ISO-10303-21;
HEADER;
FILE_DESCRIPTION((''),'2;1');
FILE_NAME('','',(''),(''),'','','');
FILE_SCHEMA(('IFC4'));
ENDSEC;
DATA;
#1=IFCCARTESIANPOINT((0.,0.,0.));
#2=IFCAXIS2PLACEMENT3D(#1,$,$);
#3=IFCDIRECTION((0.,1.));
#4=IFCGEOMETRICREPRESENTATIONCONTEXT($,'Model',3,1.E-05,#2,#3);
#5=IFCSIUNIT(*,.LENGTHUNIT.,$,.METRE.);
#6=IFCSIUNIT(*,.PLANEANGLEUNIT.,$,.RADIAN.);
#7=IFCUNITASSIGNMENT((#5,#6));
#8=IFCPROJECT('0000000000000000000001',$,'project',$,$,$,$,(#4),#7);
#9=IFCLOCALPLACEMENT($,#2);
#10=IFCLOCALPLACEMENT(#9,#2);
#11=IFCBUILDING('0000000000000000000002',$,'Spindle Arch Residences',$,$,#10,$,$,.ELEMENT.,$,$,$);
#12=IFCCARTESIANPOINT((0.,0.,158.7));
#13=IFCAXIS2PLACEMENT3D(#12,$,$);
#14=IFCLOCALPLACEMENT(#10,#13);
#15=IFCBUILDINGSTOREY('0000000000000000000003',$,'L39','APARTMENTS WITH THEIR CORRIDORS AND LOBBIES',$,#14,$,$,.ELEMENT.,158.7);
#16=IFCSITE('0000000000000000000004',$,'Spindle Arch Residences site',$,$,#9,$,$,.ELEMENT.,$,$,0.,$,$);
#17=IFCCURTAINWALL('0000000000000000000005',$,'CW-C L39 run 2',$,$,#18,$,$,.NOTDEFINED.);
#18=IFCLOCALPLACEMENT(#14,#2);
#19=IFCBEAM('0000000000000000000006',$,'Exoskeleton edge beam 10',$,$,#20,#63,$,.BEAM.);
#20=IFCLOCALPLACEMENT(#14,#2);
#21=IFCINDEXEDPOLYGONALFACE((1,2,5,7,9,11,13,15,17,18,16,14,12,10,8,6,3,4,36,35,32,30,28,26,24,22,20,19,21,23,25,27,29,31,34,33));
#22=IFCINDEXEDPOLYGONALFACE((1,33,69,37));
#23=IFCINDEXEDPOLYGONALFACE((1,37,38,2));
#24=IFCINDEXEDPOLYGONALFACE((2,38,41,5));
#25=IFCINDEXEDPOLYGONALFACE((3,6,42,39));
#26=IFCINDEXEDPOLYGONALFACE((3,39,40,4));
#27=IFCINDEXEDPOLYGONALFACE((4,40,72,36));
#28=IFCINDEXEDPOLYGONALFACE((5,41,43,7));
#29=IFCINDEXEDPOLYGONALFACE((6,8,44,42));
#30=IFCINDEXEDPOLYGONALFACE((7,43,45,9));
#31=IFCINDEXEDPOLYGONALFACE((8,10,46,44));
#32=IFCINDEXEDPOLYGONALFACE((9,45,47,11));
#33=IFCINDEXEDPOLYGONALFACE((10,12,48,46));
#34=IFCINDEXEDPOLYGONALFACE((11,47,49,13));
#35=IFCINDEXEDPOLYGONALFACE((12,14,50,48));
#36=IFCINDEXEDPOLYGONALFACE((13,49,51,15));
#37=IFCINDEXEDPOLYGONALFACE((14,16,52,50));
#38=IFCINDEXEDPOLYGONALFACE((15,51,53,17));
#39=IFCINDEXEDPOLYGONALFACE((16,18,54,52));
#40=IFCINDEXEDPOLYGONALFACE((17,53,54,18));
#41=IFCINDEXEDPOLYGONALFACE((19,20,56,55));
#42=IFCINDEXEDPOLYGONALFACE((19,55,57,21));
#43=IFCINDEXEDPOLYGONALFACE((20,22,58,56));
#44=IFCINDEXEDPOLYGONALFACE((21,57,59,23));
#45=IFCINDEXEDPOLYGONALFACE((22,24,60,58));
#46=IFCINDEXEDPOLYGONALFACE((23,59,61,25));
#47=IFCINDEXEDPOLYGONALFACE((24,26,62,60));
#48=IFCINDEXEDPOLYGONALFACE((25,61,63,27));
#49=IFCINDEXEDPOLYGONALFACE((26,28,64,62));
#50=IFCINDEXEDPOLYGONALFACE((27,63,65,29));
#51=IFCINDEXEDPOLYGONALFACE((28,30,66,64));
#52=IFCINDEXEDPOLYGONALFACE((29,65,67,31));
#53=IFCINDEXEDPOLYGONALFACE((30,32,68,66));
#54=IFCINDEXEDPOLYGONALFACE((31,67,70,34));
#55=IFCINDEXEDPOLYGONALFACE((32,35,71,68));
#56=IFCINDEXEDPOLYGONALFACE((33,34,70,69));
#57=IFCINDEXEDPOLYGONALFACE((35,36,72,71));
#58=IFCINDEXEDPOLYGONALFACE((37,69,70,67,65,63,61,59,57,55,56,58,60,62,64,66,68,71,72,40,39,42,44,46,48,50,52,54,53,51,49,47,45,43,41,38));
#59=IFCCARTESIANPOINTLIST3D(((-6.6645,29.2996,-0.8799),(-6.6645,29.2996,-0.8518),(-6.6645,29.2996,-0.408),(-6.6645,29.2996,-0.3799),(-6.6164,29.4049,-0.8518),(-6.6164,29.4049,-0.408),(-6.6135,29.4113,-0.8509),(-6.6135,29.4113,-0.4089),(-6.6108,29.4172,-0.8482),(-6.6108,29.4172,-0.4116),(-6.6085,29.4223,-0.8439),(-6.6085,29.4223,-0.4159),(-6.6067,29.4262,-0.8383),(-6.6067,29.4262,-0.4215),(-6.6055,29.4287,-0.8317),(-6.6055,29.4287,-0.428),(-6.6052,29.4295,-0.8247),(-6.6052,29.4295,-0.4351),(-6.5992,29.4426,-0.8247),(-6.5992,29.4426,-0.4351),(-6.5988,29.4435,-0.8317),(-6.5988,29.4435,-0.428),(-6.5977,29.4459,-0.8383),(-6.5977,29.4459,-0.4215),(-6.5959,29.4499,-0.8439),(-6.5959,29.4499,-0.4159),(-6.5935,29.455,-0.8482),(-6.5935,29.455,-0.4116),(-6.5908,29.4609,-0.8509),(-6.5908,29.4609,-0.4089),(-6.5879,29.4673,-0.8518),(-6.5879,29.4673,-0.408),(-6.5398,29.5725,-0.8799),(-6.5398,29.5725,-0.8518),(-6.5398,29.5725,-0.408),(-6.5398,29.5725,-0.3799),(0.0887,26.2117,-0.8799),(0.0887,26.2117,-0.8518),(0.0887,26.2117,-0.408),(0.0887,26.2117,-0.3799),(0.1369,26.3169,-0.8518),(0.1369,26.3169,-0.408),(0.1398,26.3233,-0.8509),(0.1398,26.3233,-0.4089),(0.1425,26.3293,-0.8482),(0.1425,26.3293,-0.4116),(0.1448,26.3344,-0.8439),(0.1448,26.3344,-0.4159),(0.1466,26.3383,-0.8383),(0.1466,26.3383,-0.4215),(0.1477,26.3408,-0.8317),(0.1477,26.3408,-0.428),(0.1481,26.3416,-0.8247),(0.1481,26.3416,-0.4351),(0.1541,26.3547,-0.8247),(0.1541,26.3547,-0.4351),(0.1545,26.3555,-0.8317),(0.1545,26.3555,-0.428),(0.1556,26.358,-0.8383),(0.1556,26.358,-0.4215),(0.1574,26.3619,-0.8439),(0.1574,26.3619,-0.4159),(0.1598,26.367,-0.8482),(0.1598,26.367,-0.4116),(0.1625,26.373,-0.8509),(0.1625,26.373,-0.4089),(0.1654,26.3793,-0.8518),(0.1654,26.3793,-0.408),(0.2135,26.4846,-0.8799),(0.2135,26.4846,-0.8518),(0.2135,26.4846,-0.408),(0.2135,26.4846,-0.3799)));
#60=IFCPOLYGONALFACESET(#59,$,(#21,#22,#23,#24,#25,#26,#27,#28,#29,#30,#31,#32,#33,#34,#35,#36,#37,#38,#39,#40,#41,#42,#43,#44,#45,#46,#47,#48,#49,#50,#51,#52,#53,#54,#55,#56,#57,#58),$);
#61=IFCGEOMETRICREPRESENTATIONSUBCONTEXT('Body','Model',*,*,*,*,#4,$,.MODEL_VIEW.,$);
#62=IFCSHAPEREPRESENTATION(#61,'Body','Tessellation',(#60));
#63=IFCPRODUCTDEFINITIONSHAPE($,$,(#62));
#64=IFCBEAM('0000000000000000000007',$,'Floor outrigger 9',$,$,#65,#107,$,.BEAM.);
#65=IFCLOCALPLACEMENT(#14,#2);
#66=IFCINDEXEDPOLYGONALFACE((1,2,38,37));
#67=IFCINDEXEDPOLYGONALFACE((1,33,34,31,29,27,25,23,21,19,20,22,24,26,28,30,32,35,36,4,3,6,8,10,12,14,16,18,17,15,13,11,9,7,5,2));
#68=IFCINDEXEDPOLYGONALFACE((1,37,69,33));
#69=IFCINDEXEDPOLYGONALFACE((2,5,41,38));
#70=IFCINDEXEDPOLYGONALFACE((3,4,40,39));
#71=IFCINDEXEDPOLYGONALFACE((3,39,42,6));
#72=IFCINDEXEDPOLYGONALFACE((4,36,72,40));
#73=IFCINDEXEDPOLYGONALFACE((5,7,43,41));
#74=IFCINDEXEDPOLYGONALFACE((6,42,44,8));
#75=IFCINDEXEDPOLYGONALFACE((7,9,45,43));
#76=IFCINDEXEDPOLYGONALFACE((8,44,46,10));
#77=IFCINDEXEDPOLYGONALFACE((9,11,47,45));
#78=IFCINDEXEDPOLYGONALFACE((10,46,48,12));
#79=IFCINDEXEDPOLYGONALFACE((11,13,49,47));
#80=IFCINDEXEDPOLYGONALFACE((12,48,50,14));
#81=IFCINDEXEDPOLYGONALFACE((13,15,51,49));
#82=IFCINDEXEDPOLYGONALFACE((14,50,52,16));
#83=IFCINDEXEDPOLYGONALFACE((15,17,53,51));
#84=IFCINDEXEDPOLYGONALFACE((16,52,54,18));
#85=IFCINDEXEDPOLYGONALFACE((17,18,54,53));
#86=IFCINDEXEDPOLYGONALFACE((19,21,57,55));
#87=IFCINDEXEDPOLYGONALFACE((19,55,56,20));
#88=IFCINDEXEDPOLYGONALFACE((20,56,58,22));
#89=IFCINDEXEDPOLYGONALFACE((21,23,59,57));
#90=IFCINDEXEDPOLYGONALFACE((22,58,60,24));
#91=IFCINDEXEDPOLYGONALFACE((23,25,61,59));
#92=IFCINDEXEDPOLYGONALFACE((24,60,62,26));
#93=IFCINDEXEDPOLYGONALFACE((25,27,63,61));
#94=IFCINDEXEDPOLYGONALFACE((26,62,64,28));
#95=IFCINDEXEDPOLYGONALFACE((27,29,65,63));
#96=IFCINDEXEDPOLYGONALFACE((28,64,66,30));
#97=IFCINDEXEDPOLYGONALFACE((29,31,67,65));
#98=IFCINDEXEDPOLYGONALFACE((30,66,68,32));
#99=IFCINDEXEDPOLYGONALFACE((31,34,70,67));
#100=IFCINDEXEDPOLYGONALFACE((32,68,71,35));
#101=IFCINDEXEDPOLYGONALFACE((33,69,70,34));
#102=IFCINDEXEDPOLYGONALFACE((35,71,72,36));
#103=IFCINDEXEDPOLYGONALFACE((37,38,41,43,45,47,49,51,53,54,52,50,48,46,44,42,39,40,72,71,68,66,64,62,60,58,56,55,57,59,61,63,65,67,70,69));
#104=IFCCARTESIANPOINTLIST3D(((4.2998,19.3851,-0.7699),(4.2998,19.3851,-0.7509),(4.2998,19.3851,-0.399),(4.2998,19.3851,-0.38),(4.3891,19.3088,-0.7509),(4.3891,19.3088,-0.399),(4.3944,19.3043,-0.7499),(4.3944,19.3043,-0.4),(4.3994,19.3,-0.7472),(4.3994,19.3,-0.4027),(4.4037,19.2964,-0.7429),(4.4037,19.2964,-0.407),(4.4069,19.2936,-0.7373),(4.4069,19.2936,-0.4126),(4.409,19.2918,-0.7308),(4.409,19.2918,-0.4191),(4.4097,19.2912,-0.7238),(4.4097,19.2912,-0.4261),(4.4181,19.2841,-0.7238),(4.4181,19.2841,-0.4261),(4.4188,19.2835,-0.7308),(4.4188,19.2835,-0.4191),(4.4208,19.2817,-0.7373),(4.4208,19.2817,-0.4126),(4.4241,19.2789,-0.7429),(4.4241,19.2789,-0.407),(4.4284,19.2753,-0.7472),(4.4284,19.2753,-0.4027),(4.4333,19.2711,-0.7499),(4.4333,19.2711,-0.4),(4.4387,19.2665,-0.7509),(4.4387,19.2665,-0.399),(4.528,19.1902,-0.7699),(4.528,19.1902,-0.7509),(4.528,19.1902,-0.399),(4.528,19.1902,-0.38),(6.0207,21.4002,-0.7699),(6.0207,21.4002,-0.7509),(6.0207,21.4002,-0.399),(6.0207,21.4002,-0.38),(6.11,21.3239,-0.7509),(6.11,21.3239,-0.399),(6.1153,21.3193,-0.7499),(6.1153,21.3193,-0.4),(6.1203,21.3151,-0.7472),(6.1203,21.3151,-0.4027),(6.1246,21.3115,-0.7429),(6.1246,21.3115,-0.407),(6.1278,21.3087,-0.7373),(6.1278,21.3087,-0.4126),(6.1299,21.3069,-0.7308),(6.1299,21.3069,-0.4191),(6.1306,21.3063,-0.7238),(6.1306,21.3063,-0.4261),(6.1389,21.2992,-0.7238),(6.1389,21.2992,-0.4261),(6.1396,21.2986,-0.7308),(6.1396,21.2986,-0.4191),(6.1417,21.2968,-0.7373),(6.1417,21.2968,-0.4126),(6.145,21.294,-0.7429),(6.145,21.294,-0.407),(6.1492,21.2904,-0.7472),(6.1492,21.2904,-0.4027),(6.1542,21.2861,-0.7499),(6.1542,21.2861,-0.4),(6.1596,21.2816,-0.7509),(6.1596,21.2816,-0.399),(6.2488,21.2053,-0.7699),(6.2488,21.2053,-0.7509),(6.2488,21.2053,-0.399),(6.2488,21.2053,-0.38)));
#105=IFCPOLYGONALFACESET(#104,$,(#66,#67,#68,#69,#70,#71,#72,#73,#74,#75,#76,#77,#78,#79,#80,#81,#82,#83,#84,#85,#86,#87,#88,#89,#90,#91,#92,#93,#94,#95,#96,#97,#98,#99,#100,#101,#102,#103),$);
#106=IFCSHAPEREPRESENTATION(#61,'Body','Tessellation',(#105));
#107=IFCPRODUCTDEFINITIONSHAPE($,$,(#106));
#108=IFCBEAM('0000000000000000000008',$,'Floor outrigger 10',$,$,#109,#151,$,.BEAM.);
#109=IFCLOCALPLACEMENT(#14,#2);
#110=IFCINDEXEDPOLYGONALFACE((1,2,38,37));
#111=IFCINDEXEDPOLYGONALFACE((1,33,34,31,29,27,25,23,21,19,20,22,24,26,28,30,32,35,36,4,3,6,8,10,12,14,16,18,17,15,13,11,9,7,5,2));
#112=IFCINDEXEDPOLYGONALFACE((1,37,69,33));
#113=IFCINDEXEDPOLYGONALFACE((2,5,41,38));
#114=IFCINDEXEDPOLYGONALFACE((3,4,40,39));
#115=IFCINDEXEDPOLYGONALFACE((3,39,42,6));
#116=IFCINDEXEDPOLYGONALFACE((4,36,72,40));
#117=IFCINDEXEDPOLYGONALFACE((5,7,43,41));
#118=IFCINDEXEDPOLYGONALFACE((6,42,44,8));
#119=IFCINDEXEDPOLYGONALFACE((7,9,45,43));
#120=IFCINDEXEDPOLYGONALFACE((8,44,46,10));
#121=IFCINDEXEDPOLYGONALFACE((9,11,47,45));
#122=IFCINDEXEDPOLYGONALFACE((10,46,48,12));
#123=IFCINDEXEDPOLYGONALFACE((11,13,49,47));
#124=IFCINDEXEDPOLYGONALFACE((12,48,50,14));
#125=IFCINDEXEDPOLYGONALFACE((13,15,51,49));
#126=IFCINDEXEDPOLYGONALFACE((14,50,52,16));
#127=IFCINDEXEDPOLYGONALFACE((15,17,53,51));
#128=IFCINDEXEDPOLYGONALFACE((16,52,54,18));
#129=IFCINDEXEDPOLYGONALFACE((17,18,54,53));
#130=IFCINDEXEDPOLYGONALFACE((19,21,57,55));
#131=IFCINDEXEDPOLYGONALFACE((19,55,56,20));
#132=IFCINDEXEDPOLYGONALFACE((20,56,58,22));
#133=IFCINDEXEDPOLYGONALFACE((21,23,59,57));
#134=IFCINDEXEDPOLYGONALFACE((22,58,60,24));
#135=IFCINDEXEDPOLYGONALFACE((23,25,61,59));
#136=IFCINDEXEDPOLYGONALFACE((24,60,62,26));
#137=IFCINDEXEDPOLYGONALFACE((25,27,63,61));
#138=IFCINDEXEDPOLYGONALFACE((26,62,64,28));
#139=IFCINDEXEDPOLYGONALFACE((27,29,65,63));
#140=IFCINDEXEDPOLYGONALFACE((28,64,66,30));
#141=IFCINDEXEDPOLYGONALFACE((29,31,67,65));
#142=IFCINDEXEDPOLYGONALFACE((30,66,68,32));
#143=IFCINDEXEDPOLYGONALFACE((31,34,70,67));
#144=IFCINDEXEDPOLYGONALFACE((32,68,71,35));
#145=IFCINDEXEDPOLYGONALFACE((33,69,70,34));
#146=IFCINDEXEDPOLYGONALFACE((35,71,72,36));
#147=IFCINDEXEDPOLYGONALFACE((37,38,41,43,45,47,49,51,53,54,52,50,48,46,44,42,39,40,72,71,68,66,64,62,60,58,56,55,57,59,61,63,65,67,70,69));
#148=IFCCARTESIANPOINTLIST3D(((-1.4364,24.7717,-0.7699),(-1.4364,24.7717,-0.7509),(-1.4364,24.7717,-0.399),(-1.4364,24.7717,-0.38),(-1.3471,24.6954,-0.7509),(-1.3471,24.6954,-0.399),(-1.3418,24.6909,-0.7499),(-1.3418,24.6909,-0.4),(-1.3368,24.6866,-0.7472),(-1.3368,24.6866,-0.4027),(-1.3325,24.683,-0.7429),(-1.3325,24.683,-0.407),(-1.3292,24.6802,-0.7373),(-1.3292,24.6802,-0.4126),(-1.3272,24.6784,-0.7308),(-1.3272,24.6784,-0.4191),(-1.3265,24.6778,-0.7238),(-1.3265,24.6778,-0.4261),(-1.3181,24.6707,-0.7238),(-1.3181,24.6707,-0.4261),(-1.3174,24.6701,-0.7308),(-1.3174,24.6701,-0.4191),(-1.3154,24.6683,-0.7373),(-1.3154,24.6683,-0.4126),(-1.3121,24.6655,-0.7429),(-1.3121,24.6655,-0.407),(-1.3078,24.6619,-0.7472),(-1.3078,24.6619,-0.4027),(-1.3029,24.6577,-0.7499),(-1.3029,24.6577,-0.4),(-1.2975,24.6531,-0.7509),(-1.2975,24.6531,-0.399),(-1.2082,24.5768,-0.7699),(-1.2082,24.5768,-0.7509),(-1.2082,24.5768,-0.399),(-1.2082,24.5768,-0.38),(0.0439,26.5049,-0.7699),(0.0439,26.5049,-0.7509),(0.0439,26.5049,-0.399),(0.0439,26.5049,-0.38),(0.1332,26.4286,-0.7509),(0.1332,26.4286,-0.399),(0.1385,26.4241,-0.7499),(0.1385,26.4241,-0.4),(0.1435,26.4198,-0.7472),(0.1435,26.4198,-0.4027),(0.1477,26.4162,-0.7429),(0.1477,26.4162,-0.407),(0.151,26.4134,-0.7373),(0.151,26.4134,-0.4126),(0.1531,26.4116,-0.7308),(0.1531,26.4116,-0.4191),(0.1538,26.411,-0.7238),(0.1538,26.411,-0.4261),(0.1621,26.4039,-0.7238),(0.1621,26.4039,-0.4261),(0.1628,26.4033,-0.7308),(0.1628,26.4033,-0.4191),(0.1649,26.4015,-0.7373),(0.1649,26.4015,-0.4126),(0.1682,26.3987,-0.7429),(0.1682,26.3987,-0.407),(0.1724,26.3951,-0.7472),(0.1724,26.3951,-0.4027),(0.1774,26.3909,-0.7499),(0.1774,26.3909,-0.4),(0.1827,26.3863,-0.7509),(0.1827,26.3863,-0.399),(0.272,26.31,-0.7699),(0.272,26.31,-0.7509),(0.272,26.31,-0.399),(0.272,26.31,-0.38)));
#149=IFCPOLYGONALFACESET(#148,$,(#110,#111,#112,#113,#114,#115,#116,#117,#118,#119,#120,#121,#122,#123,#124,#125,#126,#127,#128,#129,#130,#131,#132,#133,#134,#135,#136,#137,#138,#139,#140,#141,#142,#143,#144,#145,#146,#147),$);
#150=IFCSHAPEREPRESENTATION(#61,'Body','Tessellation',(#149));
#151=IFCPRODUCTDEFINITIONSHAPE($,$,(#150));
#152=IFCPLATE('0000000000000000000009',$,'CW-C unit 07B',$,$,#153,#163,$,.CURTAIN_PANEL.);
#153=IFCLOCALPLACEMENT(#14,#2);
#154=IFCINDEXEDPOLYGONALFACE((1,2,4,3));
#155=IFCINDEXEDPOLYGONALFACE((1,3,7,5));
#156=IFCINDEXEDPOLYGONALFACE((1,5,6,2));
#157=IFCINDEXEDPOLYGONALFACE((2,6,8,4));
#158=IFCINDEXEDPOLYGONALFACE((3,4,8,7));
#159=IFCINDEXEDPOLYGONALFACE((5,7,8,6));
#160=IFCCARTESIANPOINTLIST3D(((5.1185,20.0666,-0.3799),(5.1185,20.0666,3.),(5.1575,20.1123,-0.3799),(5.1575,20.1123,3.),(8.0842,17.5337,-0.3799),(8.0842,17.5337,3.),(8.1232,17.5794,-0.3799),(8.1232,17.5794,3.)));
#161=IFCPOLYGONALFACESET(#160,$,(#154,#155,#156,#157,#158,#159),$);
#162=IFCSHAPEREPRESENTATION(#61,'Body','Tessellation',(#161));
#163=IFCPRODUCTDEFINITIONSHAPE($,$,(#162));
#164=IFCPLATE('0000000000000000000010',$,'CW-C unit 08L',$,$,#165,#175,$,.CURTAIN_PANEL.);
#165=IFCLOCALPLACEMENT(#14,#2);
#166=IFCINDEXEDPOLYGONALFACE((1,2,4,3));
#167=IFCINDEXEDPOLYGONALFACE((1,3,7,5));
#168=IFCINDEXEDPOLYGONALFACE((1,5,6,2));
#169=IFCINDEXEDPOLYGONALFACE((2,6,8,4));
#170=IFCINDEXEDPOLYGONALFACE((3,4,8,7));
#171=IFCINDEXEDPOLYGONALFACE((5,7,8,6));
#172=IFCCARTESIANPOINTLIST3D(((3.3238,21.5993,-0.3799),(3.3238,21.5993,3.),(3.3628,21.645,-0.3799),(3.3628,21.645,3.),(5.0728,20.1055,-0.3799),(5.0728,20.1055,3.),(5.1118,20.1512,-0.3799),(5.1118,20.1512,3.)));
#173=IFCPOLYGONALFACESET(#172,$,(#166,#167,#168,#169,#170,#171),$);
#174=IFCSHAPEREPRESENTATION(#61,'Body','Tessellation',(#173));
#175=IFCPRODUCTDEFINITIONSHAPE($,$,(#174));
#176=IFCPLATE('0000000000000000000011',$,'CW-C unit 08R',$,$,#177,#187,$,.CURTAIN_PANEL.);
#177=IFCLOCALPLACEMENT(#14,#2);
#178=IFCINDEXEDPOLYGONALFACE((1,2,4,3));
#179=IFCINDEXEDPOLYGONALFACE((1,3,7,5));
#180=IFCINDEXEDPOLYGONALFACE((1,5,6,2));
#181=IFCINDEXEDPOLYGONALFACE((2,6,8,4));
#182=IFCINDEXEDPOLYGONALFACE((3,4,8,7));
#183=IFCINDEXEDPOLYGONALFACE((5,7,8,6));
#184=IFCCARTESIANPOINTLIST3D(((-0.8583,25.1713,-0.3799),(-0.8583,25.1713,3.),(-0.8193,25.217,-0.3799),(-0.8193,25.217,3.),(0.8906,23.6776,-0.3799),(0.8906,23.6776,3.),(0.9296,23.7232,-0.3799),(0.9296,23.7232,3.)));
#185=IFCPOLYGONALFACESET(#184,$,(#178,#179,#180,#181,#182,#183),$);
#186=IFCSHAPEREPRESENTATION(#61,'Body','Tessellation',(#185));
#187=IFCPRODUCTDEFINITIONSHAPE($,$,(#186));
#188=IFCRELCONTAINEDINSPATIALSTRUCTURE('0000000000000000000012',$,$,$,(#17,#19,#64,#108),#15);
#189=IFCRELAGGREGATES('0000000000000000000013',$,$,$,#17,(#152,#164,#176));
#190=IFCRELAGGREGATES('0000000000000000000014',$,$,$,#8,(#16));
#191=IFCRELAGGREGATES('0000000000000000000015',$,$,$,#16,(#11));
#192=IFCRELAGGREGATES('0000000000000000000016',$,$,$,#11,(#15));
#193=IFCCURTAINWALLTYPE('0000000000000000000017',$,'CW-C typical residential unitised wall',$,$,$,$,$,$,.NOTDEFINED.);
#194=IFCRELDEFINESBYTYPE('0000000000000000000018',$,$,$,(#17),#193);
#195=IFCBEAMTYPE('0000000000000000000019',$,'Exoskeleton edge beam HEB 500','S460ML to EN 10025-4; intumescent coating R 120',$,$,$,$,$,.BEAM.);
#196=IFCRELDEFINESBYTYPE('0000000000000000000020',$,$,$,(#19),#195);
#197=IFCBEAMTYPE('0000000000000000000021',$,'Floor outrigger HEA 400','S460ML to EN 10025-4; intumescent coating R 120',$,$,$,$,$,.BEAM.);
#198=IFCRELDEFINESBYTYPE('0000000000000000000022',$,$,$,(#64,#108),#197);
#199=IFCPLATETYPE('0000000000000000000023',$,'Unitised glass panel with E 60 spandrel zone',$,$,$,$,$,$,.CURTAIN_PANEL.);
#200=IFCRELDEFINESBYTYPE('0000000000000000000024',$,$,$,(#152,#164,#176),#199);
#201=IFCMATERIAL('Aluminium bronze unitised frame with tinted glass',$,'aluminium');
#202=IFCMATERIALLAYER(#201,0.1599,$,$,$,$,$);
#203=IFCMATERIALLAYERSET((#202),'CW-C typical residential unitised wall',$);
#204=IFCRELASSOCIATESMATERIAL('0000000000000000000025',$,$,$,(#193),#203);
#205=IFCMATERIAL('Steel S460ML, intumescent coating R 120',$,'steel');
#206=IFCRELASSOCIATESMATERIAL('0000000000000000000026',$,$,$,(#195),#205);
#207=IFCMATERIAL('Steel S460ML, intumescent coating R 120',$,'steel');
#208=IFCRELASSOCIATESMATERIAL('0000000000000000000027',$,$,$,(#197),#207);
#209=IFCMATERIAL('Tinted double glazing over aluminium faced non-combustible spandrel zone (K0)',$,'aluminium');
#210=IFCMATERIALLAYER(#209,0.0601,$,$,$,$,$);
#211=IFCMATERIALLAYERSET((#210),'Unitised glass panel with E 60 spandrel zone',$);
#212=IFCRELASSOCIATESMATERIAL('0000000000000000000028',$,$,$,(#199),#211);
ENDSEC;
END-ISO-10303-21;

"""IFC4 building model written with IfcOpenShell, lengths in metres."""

from ifc_helpers import new_model, si_unit, direction, frame, origin, origin_2d, place, context, subcontext, project, spatial, rectangle, i_section, extrude, material, layer, layer_set, material_profile, profile_set, type_object, element, aggregate, save


model = new_model("IFC4")

# Units and contexts
model_context = context("Model", 3, precision=1e-05, world=origin(), true_north=direction((0.0, 1.0)))
body_context = subcontext(model_context, "Body", "Model", "MODEL_VIEW")
ifc_project = project(units=[si_unit("LENGTHUNIT", "METRE"), si_unit("PLANEANGLEUNIT", "RADIAN")], contexts=[model_context])

# Site, building, storey
site_placement = place(None, origin())
site = spatial("IfcSite", under=ifc_project, at=site_placement, Name="Spindle Arch Residences site", CompositionType="ELEMENT", RefElevation=0.0)
building_placement = place(site_placement, origin())
building = spatial("IfcBuilding", under=site, at=building_placement, Name="Spindle Arch Residences", CompositionType="ELEMENT")
storey_placement = place(building_placement, frame((0.0, 0.0, 158.7)))
storey = spatial("IfcBuildingStorey", under=building, at=storey_placement, Name="L39", Description="APARTMENTS WITH THEIR CORRIDORS AND LOBBIES", CompositionType="ELEMENT", Elevation=158.7)

# Curtain wall
ifc_material_1 = material(Name="Aluminium bronze unitised frame with tinted glass", Category="aluminium")
ifc_layer_1 = layer(ifc_material_1, 0.1599)
ifc_layer_set_1 = layer_set([ifc_layer_1], Name="CW-C typical residential unitised wall")
curtain_wall_type_1 = type_object("IfcCurtainWallType", Name="CW-C typical residential unitised wall", PredefinedType="NOTDEFINED", material=ifc_layer_set_1)
curtain_wall_1_placement = place(storey_placement, origin())
curtain_wall_1 = element("IfcCurtainWall", 1, at=curtain_wall_1_placement, inside=storey, type_object=curtain_wall_type_1, Name="CW-C L39 run 2", PredefinedType="NOTDEFINED")

# Beams
ifc_material_2 = material(Name="Steel S460ML, intumescent coating R 120", Category="steel")
ifc_material_profile_1 = material_profile(ifc_material_2, i_section(OverallWidth=0.3, OverallDepth=0.5, WebThickness=0.0144, FlangeThickness=0.0281, FilletRadius=0.0271, at=origin_2d()), Name="HEB 500")
ifc_profile_set_1 = profile_set([ifc_material_profile_1], Name="Steel S460ML, intumescent coating R 120")
beam_type_1 = type_object("IfcBeamType", Name="Exoskeleton edge beam HEB 500", Description="S460ML to EN 10025-4; intumescent coating R 120", PredefinedType="BEAM", material=ifc_profile_set_1)
beam_1_placement = place(storey_placement, frame((0.1511, 26.3481, -0.6299), z_axis=(-0.909438, 0.415841, 0.0), x_axis=(-0.415841, -0.909438, 0.0)))
element("IfcBeam", 2, at=beam_1_placement, inside=storey, type_object=beam_type_1, Name="Exoskeleton edge beam 10", PredefinedType="BEAM", context=body_context, shape_type="SweptSolid", body=[
    extrude(i_section(OverallWidth=0.3, OverallDepth=0.5, WebThickness=0.0144, FlangeThickness=0.0281, FilletRadius=0.0271, at=origin_2d()), origin(), (0.0, 0.0, 1.0), 7.4258),
])
ifc_material_3 = material(Name="Steel S460ML, intumescent coating R 120", Category="steel")
ifc_material_profile_2 = material_profile(ifc_material_3, i_section(OverallWidth=0.3, OverallDepth=0.3899, WebThickness=0.011, FlangeThickness=0.019, FilletRadius=0.0271, at=origin_2d()), Name="HEA 400")
ifc_profile_set_2 = profile_set([ifc_material_profile_2], Name="Steel S460ML, intumescent coating R 120")
beam_type_2 = type_object("IfcBeamType", Name="Floor outrigger HEA 400", Description="S460ML to EN 10025-4; intumescent coating R 120", PredefinedType="BEAM", material=ifc_profile_set_2)
beam_2_placement = place(storey_placement, frame((6.1348, 21.3027, -0.575), z_axis=(-0.649417, -0.760432, 0.0), x_axis=(0.760432, -0.649417, 0.0)))
element("IfcBeam", 3, at=beam_2_placement, inside=storey, type_object=beam_type_2, Name="Floor outrigger 9", PredefinedType="BEAM", context=body_context, shape_type="SweptSolid", body=[
    extrude(i_section(OverallWidth=0.3, OverallDepth=0.3899, WebThickness=0.011, FlangeThickness=0.019, FilletRadius=0.0271, at=origin_2d()), origin(), (0.0, 0.0, 1.0), 2.6499),
])
beam_3_placement = place(storey_placement, frame((0.158, 26.4075, -0.575), z_axis=(-0.649441, -0.760412, 0.0), x_axis=(0.760412, -0.649441, 0.0)))
element("IfcBeam", 4, at=beam_3_placement, inside=storey, type_object=beam_type_2, Name="Floor outrigger 10", PredefinedType="BEAM", context=body_context, shape_type="SweptSolid", body=[
    extrude(i_section(OverallWidth=0.3, OverallDepth=0.3899, WebThickness=0.011, FlangeThickness=0.019, FilletRadius=0.0271, at=origin_2d()), origin(), (0.0, 0.0, 1.0), 2.2793),
])

# Plates
ifc_material_4 = material(Name="Tinted double glazing over aluminium faced non-combustible spandrel zone (K0)", Category="aluminium")
ifc_layer_2 = layer(ifc_material_4, 0.0601)
ifc_layer_set_2 = layer_set([ifc_layer_2], Name="Unitised glass panel with E 60 spandrel zone")
plate_type = type_object("IfcPlateType", Name="Unitised glass panel with E 60 spandrel zone", PredefinedType="CURTAIN_PANEL", material=ifc_layer_set_2)
plate_1_placement = place(storey_placement, frame((6.6208, 18.823, -0.3799), z_axis=(0.0, 0.0, 1.0), x_axis=(-0.760406, 0.649448, 0.0)))
plate_1 = element("IfcPlate", 5, at=plate_1_placement, type_object=plate_type, Name="CW-C unit 07B", PredefinedType="CURTAIN_PANEL", context=body_context, shape_type="SweptSolid", body=[
    extrude(rectangle(XDim=3.9001, YDim=0.0601, at=origin_2d()), origin(), (0.0, 0.0, 1.0), 3.3799),
])
plate_2_placement = place(storey_placement, frame((4.2178, 20.8752, -0.3799), z_axis=(0.0, 0.0, 1.0), x_axis=(-0.760406, 0.649448, 0.0)))
plate_2 = element("IfcPlate", 6, at=plate_2_placement, type_object=plate_type, Name="CW-C unit 08L", PredefinedType="CURTAIN_PANEL", context=body_context, shape_type="SweptSolid", body=[
    extrude(rectangle(XDim=2.3, YDim=0.0601, at=origin_2d()), origin(), (0.0, 0.0, 1.0), 3.3799),
])
plate_3_placement = place(storey_placement, frame((0.0356, 24.4473, -0.3799), z_axis=(0.0, 0.0, 1.0), x_axis=(-0.760406, 0.649448, 0.0)))
plate_3 = element("IfcPlate", 7, at=plate_3_placement, type_object=plate_type, Name="CW-C unit 08R", PredefinedType="CURTAIN_PANEL", context=body_context, shape_type="SweptSolid", body=[
    extrude(rectangle(XDim=2.3, YDim=0.0601, at=origin_2d()), origin(), (0.0, 0.0, 1.0), 3.3799),
])
aggregate(curtain_wall_1, [plate_1, plate_2, plate_3])

save(model, "model.ifc")
